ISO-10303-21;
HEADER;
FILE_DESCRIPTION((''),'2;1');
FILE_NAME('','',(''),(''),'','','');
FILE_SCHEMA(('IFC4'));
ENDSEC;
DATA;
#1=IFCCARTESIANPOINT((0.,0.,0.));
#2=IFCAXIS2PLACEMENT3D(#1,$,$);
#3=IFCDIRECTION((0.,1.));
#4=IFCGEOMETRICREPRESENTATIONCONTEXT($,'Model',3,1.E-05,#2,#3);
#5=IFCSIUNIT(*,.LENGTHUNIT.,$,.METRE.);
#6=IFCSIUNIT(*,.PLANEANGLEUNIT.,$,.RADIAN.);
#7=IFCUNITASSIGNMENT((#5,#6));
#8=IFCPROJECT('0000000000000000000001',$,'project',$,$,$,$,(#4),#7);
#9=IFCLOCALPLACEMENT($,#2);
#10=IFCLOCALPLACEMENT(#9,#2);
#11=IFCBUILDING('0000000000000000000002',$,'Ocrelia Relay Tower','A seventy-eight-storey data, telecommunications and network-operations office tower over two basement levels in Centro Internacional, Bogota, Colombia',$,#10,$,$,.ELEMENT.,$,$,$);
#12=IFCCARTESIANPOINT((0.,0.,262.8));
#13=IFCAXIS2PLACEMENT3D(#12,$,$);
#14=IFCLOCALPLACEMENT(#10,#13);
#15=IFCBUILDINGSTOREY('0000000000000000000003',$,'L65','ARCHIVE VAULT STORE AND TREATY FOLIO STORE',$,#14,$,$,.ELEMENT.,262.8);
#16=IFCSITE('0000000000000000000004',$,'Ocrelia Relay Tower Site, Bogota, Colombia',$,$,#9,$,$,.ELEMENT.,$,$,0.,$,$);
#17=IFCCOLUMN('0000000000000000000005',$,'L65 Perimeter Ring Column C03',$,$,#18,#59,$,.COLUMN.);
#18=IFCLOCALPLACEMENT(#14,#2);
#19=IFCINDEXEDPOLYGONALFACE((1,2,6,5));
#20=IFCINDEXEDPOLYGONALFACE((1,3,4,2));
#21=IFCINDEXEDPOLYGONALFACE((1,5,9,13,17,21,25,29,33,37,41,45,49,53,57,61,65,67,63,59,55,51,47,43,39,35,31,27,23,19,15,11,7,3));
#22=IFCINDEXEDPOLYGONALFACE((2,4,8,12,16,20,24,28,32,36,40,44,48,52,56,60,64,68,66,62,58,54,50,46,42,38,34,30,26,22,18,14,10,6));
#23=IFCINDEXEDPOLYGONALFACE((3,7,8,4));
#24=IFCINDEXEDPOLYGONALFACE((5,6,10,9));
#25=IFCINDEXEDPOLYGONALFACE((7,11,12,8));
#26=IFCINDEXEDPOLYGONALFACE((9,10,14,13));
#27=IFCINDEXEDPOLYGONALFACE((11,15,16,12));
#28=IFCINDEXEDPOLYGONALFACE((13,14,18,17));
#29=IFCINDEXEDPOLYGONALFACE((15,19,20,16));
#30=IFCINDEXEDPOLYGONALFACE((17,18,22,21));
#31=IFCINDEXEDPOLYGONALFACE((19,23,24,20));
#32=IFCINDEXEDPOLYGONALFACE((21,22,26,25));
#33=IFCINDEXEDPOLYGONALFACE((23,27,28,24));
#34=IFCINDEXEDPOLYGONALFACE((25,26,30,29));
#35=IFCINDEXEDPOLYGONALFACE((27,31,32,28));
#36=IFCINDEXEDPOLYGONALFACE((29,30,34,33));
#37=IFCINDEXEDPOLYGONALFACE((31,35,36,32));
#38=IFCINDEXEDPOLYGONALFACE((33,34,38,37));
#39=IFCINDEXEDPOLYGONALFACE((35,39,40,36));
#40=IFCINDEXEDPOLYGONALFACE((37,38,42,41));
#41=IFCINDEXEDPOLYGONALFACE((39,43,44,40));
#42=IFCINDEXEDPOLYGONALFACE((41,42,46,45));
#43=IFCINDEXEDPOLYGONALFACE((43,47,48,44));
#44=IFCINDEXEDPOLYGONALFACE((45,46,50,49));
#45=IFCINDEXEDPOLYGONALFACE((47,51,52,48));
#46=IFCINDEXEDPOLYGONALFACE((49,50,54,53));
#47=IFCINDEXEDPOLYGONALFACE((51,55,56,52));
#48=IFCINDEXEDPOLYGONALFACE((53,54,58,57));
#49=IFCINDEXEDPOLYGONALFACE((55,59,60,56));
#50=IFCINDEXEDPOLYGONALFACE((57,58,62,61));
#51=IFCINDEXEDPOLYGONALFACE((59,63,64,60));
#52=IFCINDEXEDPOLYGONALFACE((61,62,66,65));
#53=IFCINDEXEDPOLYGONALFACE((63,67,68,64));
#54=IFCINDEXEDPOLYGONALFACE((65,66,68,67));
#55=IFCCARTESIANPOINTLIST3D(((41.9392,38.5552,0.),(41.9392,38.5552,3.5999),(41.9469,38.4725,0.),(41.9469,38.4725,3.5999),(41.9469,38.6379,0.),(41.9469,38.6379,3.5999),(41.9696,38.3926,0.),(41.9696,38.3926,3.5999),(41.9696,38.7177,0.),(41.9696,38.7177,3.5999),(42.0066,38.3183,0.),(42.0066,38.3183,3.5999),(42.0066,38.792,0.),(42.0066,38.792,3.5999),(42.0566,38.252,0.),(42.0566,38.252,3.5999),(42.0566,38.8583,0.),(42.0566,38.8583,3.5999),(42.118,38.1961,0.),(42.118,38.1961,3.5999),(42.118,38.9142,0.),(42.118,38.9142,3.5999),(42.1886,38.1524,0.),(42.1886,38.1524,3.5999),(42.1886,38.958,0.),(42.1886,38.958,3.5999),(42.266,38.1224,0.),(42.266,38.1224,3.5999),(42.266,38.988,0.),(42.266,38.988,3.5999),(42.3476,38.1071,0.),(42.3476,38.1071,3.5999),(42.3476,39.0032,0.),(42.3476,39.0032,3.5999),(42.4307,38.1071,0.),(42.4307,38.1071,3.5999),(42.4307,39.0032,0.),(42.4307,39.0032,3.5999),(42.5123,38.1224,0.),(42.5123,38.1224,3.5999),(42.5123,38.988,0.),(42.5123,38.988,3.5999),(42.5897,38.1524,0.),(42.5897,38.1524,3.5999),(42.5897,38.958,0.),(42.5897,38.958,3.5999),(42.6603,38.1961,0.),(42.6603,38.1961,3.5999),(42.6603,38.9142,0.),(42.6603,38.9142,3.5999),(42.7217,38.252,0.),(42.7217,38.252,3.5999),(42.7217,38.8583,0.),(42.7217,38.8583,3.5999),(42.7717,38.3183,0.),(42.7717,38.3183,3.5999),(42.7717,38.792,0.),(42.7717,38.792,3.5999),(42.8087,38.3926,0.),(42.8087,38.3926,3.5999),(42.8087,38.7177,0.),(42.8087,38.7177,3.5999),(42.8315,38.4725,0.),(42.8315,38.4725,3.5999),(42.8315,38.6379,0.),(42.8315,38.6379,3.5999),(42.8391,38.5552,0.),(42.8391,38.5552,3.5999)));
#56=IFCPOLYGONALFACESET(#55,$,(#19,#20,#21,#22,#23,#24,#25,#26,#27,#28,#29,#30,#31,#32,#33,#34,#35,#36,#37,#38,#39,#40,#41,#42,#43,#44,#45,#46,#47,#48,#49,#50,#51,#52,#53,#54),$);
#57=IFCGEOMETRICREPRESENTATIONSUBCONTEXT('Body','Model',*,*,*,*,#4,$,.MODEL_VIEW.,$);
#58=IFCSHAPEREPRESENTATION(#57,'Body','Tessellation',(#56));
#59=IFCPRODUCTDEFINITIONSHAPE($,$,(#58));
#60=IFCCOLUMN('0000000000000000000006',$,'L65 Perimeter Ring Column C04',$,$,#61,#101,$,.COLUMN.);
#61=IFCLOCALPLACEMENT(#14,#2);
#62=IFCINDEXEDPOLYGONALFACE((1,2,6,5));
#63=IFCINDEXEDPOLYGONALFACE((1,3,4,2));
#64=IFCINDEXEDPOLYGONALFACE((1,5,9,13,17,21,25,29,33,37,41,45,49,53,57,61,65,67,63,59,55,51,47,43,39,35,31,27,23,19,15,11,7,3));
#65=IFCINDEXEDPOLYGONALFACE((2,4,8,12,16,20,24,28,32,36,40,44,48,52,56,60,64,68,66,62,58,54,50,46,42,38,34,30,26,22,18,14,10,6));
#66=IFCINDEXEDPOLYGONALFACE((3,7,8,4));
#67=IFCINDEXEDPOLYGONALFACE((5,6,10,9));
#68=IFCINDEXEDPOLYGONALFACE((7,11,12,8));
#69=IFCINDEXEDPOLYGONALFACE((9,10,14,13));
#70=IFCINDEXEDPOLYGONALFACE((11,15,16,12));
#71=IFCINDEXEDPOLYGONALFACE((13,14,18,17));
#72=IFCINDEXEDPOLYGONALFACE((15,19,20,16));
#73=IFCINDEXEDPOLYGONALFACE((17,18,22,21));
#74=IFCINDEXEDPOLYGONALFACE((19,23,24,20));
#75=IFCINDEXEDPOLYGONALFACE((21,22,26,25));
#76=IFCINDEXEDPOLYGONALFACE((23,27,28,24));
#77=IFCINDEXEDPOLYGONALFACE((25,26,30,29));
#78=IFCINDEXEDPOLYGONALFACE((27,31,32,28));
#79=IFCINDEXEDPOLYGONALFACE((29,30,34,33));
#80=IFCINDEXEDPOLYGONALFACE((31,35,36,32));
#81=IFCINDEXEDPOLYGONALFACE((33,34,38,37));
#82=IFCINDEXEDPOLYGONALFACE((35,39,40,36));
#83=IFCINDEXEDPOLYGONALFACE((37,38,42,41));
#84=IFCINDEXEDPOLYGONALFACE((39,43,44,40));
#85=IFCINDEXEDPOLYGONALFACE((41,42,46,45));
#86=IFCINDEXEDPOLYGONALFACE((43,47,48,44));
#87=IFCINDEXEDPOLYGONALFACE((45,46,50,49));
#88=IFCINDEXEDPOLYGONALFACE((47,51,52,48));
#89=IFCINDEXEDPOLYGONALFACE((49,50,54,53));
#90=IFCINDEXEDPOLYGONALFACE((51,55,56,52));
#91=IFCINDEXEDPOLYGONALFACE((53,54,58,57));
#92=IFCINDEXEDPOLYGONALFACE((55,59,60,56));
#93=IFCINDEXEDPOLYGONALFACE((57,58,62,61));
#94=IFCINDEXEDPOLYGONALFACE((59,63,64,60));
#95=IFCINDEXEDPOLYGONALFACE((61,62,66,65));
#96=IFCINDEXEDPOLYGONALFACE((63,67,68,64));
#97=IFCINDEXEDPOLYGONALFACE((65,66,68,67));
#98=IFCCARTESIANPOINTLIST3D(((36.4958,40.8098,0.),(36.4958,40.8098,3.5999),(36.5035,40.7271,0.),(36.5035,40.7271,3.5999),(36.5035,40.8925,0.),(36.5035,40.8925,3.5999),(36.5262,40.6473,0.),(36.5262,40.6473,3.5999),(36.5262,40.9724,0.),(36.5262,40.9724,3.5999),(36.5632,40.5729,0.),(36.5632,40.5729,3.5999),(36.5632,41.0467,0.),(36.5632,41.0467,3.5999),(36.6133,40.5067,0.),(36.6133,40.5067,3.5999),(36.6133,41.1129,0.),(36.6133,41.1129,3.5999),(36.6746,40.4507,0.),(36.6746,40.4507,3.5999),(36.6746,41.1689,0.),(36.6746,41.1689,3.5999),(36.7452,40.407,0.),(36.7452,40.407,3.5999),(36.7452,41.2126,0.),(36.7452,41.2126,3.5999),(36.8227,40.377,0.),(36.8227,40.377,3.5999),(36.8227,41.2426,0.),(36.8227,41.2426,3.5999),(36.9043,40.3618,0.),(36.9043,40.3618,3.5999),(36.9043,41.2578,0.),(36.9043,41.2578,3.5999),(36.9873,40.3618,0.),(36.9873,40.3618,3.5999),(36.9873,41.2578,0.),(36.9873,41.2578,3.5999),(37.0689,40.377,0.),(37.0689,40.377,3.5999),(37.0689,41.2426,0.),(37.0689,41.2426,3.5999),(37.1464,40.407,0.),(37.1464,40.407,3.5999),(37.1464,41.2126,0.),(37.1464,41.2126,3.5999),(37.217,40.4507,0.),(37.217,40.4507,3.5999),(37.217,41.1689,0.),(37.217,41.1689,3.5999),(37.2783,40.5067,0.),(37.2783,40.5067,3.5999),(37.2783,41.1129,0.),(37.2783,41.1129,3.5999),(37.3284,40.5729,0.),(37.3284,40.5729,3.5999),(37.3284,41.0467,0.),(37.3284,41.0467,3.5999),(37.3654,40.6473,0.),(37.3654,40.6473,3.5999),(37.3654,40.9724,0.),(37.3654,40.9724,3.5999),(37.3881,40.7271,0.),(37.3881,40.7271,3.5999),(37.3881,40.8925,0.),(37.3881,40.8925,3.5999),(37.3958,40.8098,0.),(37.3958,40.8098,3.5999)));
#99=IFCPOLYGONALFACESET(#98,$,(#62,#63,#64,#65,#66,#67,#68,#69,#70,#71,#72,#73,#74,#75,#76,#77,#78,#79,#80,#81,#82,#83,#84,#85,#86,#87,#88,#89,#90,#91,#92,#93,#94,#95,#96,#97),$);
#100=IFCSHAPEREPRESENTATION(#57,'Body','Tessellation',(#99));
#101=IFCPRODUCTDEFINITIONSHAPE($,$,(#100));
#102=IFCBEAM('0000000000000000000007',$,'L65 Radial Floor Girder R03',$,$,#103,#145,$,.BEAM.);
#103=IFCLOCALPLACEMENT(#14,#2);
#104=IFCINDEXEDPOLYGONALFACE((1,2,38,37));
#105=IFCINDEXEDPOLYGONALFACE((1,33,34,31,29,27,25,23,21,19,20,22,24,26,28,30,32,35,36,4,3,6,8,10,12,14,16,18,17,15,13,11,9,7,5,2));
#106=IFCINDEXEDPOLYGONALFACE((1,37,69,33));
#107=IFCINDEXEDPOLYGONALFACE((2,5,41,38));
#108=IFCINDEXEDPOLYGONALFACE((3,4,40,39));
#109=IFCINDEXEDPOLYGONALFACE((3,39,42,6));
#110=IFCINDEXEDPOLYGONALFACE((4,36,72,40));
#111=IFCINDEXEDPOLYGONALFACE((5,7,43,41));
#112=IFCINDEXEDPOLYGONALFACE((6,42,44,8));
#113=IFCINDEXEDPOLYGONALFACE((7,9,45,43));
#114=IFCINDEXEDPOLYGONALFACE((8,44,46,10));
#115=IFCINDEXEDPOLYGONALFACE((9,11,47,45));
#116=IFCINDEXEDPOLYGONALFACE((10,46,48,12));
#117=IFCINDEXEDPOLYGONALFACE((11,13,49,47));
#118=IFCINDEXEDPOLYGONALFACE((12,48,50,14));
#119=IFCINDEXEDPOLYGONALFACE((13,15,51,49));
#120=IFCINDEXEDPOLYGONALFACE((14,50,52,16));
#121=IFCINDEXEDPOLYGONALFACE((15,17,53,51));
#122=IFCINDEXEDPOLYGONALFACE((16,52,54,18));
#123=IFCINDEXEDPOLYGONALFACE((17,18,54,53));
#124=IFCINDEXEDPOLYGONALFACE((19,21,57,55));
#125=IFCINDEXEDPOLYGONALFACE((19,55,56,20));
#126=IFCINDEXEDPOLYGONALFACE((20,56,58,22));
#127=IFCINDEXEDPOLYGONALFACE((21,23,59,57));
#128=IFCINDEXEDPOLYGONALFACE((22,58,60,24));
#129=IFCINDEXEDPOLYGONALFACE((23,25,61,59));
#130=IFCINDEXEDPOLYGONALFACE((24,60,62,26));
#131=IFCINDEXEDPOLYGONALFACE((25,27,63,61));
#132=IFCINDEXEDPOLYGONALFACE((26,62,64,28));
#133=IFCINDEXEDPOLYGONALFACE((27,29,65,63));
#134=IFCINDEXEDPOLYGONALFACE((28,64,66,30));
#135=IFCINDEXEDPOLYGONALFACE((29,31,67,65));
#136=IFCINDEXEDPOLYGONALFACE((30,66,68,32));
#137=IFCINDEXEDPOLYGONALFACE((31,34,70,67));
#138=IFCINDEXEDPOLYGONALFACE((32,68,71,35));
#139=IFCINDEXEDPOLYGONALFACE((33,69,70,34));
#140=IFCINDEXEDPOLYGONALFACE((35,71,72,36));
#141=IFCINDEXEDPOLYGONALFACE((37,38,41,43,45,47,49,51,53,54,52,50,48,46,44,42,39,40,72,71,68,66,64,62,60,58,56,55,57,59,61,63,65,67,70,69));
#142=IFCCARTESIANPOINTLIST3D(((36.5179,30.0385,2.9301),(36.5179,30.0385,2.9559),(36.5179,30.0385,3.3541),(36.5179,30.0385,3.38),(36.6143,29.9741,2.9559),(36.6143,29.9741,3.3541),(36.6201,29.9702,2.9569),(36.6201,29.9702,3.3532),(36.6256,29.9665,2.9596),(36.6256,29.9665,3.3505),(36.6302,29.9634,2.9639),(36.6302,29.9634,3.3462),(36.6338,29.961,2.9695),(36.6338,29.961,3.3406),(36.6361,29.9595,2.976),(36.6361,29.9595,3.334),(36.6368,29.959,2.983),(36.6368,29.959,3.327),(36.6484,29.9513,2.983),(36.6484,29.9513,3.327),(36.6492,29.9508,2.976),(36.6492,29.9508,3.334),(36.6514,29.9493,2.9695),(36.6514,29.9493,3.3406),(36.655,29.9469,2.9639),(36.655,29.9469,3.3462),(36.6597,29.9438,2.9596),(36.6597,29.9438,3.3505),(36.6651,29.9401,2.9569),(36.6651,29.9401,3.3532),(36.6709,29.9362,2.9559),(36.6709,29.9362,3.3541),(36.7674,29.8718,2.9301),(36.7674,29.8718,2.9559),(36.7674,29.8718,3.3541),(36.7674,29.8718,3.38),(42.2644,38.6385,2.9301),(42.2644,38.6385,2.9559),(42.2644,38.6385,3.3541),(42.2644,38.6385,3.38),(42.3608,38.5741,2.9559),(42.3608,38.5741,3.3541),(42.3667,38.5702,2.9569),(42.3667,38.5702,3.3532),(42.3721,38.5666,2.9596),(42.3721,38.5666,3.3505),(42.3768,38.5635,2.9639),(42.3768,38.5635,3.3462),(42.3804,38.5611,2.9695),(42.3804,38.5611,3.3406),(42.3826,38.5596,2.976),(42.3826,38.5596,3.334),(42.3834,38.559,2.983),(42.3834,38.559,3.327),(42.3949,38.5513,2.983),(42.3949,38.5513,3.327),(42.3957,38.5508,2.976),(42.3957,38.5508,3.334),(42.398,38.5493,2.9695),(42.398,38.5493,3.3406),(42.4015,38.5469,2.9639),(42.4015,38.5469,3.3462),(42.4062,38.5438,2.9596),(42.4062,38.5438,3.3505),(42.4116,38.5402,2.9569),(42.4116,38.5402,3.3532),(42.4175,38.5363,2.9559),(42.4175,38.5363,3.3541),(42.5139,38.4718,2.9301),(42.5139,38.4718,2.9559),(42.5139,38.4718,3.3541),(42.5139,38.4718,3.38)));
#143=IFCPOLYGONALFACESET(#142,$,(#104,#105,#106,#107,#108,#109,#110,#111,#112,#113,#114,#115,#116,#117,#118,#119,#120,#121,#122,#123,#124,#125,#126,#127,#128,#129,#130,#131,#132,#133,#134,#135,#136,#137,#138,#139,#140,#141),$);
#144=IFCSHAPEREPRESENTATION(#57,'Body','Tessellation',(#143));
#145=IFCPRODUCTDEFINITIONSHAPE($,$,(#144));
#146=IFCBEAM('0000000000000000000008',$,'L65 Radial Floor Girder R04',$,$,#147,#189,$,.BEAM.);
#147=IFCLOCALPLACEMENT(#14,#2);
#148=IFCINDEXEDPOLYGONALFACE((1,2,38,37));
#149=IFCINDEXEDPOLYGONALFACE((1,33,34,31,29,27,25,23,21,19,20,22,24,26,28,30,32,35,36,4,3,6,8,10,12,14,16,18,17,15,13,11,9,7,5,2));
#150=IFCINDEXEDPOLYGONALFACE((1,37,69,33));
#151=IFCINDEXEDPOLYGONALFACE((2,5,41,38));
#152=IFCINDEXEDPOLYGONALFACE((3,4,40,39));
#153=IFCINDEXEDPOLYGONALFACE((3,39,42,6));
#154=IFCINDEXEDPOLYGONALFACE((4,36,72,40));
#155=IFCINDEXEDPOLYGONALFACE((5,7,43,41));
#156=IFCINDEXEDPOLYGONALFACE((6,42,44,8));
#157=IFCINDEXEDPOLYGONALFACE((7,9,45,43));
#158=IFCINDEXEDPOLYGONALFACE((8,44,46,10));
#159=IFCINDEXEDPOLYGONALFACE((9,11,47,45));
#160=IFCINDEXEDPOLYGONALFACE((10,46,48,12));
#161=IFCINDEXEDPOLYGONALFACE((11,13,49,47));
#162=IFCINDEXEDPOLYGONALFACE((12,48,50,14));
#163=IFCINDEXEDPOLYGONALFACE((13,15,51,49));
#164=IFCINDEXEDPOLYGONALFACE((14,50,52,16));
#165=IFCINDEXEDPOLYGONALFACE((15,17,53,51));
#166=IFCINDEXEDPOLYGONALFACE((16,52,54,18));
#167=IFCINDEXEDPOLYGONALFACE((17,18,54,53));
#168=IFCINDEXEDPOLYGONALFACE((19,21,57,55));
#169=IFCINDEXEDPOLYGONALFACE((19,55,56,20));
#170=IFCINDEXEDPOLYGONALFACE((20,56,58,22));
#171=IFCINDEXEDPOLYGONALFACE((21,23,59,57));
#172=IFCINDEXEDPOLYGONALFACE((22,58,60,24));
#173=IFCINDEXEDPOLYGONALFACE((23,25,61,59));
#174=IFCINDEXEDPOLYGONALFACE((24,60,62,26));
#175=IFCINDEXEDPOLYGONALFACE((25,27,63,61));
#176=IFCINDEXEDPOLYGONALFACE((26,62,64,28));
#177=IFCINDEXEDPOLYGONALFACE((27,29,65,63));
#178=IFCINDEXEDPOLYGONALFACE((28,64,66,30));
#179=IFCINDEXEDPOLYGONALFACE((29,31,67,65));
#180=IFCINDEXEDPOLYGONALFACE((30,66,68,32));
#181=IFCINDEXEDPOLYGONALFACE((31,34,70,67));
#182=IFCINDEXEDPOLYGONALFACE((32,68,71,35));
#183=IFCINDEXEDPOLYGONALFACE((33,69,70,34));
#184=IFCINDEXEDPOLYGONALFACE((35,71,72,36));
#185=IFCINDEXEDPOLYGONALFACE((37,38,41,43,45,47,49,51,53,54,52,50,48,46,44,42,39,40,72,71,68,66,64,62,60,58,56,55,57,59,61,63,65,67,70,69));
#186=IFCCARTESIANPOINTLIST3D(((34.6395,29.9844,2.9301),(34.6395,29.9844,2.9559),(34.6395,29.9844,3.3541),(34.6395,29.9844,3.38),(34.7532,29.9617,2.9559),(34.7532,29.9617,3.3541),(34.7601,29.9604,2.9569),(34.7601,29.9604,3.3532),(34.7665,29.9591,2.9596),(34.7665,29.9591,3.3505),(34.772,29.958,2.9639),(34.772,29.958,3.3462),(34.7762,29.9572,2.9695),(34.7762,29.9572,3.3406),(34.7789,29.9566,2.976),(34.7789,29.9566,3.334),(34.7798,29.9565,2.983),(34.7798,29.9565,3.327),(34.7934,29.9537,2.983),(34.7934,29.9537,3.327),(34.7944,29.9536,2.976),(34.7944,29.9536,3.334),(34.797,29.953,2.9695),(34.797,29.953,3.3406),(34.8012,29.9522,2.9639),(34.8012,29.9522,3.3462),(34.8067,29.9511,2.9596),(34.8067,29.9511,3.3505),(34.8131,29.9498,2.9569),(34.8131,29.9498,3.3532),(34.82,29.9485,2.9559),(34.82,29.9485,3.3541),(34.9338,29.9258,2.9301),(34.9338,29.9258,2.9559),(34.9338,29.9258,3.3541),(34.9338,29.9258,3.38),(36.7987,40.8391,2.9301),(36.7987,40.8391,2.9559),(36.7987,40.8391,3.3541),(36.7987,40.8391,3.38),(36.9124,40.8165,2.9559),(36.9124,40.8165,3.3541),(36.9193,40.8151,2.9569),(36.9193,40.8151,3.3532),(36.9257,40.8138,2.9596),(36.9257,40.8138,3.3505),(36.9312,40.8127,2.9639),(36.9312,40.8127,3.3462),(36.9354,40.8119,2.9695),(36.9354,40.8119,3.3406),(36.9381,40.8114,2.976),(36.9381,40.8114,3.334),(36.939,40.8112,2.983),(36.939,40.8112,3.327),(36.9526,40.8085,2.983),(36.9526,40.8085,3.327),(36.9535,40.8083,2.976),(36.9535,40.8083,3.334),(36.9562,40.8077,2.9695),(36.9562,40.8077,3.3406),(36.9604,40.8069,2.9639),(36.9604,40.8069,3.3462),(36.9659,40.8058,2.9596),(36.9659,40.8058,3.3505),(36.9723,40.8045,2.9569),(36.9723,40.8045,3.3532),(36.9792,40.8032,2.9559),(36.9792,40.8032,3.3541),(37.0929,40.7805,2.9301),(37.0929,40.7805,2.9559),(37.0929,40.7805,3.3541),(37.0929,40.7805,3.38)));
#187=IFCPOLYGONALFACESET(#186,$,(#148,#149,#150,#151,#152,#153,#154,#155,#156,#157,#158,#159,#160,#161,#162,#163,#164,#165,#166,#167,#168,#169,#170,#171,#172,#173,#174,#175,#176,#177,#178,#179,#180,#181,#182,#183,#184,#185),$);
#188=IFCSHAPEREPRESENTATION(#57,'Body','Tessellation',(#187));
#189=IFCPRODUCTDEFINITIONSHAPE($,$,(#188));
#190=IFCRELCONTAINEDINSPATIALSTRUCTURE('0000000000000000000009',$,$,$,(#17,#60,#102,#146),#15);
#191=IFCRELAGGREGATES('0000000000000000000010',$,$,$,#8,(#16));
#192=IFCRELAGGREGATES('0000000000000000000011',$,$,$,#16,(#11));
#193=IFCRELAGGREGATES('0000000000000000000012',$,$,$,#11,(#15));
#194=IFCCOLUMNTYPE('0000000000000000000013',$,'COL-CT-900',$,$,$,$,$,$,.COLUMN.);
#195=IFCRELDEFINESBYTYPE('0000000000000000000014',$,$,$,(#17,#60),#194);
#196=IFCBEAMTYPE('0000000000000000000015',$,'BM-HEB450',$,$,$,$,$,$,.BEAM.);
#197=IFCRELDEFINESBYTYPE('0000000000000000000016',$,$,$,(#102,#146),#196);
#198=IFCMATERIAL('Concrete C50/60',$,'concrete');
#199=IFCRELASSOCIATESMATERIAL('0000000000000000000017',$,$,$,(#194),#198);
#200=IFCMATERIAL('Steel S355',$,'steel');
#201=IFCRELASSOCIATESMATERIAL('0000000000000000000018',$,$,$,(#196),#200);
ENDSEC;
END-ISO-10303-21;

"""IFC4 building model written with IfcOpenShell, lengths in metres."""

from ifc_helpers import new_model, si_unit, direction, frame, origin, origin_2d, place, context, subcontext, project, spatial, circle, i_section, extrude, material, material_profile, profile_set, type_object, element, save


model = new_model("IFC4")

# Units and contexts
model_context = context("Model", 3, precision=1e-05, world=origin(), true_north=direction((0.0, 1.0)))
body_context = subcontext(model_context, "Body", "Model", "MODEL_VIEW")
ifc_project = project(units=[si_unit("LENGTHUNIT", "METRE"), si_unit("PLANEANGLEUNIT", "RADIAN")], contexts=[model_context])

# Site, building, storey
site_placement = place(None, origin())
site = spatial("IfcSite", under=ifc_project, at=site_placement, Name="Ocrelia Relay Tower Site, Bogota, Colombia", CompositionType="ELEMENT", RefElevation=0.0)
building_placement = place(site_placement, origin())
building = spatial("IfcBuilding", under=site, at=building_placement, Name="Ocrelia Relay Tower", Description="A seventy-eight-storey data, telecommunications and network-operations office tower over two basement levels in Centro Internacional, Bogota, Colombia", CompositionType="ELEMENT")
storey_placement = place(building_placement, frame((0.0, 0.0, 262.8)))
storey = spatial("IfcBuildingStorey", under=building, at=storey_placement, Name="L65", Description="ARCHIVE VAULT STORE AND TREATY FOLIO STORE", CompositionType="ELEMENT", Elevation=262.8)

# Columns
ifc_material_1 = material(Name="Concrete C50/60", Category="concrete")
ifc_material_profile_1 = material_profile(ifc_material_1, circle(Radius=0.45, at=origin_2d()), Name="RC-CIR-900")
ifc_profile_set_1 = profile_set([ifc_material_profile_1], Name="Concrete C50/60")
column_type = type_object("IfcColumnType", Name="COL-CT-900", PredefinedType="COLUMN", material=ifc_profile_set_1)
for number, where, z_axis, x_axis, name in (
    (1, (42.3892, 38.5552, 0.0), (0.0, 0.0, 1.0), (1.0, 0.0, 0.0), "L65 Perimeter Ring Column C03"),
    (2, (36.9458, 40.8098, 0.0), (0.0, 0.0, 1.0), (1.0, 0.0, 0.0), "L65 Perimeter Ring Column C04"),
):
    element("IfcColumn", number, at=place(storey_placement, frame(where, z_axis=z_axis, x_axis=x_axis)), inside=storey, type_object=column_type, Name=name, PredefinedType="COLUMN", context=body_context, shape_type="SweptSolid", body=[
        extrude(circle(Radius=0.45, at=origin_2d()), origin(), (0.0, 0.0, 1.0), 3.5999),
    ])

# Beams
ifc_material_2 = material(Name="Steel S355", Category="steel")
ifc_material_profile_2 = material_profile(ifc_material_2, i_section(OverallWidth=0.3, OverallDepth=0.45, WebThickness=0.0139, FlangeThickness=0.0259, FilletRadius=0.0271, at=origin_2d()), Name="HEB 450")
ifc_profile_set_2 = profile_set([ifc_material_profile_2], Name="Steel S355")
beam_type_1 = type_object("IfcBeamType", Name="BM-HEB450", PredefinedType="BEAM", material=ifc_profile_set_2)
beam_1_placement = place(storey_placement, frame((42.3892, 38.5552, 3.155), z_axis=(-0.555582, -0.831462, 0.0), x_axis=(0.831462, -0.555582, 0.0)))
element("IfcBeam", 3, at=beam_1_placement, inside=storey, type_object=beam_type_1, Name="L65 Radial Floor Girder R03", PredefinedType="BEAM", context=body_context, shape_type="SweptSolid", body=[
    extrude(i_section(OverallWidth=0.3, OverallDepth=0.45, WebThickness=0.0139, FlangeThickness=0.0259, FilletRadius=0.0271, at=origin_2d()), origin(), (0.0, 0.0, 1.0), 10.3433),
])
beam_2_placement = place(storey_placement, frame((36.9458, 40.8098, 3.155), z_axis=(-0.195094, -0.980785, 0.0), x_axis=(0.980785, -0.195094, 0.0)))
element("IfcBeam", 4, at=beam_2_placement, inside=storey, type_object=beam_type_1, Name="L65 Radial Floor Girder R04", PredefinedType="BEAM", context=body_context, shape_type="SweptSolid", body=[
    extrude(i_section(OverallWidth=0.3, OverallDepth=0.45, WebThickness=0.0139, FlangeThickness=0.0259, FilletRadius=0.0271, at=origin_2d()), origin(), (0.0, 0.0, 1.0), 11.0674),
])

save(model, "model.ifc")
